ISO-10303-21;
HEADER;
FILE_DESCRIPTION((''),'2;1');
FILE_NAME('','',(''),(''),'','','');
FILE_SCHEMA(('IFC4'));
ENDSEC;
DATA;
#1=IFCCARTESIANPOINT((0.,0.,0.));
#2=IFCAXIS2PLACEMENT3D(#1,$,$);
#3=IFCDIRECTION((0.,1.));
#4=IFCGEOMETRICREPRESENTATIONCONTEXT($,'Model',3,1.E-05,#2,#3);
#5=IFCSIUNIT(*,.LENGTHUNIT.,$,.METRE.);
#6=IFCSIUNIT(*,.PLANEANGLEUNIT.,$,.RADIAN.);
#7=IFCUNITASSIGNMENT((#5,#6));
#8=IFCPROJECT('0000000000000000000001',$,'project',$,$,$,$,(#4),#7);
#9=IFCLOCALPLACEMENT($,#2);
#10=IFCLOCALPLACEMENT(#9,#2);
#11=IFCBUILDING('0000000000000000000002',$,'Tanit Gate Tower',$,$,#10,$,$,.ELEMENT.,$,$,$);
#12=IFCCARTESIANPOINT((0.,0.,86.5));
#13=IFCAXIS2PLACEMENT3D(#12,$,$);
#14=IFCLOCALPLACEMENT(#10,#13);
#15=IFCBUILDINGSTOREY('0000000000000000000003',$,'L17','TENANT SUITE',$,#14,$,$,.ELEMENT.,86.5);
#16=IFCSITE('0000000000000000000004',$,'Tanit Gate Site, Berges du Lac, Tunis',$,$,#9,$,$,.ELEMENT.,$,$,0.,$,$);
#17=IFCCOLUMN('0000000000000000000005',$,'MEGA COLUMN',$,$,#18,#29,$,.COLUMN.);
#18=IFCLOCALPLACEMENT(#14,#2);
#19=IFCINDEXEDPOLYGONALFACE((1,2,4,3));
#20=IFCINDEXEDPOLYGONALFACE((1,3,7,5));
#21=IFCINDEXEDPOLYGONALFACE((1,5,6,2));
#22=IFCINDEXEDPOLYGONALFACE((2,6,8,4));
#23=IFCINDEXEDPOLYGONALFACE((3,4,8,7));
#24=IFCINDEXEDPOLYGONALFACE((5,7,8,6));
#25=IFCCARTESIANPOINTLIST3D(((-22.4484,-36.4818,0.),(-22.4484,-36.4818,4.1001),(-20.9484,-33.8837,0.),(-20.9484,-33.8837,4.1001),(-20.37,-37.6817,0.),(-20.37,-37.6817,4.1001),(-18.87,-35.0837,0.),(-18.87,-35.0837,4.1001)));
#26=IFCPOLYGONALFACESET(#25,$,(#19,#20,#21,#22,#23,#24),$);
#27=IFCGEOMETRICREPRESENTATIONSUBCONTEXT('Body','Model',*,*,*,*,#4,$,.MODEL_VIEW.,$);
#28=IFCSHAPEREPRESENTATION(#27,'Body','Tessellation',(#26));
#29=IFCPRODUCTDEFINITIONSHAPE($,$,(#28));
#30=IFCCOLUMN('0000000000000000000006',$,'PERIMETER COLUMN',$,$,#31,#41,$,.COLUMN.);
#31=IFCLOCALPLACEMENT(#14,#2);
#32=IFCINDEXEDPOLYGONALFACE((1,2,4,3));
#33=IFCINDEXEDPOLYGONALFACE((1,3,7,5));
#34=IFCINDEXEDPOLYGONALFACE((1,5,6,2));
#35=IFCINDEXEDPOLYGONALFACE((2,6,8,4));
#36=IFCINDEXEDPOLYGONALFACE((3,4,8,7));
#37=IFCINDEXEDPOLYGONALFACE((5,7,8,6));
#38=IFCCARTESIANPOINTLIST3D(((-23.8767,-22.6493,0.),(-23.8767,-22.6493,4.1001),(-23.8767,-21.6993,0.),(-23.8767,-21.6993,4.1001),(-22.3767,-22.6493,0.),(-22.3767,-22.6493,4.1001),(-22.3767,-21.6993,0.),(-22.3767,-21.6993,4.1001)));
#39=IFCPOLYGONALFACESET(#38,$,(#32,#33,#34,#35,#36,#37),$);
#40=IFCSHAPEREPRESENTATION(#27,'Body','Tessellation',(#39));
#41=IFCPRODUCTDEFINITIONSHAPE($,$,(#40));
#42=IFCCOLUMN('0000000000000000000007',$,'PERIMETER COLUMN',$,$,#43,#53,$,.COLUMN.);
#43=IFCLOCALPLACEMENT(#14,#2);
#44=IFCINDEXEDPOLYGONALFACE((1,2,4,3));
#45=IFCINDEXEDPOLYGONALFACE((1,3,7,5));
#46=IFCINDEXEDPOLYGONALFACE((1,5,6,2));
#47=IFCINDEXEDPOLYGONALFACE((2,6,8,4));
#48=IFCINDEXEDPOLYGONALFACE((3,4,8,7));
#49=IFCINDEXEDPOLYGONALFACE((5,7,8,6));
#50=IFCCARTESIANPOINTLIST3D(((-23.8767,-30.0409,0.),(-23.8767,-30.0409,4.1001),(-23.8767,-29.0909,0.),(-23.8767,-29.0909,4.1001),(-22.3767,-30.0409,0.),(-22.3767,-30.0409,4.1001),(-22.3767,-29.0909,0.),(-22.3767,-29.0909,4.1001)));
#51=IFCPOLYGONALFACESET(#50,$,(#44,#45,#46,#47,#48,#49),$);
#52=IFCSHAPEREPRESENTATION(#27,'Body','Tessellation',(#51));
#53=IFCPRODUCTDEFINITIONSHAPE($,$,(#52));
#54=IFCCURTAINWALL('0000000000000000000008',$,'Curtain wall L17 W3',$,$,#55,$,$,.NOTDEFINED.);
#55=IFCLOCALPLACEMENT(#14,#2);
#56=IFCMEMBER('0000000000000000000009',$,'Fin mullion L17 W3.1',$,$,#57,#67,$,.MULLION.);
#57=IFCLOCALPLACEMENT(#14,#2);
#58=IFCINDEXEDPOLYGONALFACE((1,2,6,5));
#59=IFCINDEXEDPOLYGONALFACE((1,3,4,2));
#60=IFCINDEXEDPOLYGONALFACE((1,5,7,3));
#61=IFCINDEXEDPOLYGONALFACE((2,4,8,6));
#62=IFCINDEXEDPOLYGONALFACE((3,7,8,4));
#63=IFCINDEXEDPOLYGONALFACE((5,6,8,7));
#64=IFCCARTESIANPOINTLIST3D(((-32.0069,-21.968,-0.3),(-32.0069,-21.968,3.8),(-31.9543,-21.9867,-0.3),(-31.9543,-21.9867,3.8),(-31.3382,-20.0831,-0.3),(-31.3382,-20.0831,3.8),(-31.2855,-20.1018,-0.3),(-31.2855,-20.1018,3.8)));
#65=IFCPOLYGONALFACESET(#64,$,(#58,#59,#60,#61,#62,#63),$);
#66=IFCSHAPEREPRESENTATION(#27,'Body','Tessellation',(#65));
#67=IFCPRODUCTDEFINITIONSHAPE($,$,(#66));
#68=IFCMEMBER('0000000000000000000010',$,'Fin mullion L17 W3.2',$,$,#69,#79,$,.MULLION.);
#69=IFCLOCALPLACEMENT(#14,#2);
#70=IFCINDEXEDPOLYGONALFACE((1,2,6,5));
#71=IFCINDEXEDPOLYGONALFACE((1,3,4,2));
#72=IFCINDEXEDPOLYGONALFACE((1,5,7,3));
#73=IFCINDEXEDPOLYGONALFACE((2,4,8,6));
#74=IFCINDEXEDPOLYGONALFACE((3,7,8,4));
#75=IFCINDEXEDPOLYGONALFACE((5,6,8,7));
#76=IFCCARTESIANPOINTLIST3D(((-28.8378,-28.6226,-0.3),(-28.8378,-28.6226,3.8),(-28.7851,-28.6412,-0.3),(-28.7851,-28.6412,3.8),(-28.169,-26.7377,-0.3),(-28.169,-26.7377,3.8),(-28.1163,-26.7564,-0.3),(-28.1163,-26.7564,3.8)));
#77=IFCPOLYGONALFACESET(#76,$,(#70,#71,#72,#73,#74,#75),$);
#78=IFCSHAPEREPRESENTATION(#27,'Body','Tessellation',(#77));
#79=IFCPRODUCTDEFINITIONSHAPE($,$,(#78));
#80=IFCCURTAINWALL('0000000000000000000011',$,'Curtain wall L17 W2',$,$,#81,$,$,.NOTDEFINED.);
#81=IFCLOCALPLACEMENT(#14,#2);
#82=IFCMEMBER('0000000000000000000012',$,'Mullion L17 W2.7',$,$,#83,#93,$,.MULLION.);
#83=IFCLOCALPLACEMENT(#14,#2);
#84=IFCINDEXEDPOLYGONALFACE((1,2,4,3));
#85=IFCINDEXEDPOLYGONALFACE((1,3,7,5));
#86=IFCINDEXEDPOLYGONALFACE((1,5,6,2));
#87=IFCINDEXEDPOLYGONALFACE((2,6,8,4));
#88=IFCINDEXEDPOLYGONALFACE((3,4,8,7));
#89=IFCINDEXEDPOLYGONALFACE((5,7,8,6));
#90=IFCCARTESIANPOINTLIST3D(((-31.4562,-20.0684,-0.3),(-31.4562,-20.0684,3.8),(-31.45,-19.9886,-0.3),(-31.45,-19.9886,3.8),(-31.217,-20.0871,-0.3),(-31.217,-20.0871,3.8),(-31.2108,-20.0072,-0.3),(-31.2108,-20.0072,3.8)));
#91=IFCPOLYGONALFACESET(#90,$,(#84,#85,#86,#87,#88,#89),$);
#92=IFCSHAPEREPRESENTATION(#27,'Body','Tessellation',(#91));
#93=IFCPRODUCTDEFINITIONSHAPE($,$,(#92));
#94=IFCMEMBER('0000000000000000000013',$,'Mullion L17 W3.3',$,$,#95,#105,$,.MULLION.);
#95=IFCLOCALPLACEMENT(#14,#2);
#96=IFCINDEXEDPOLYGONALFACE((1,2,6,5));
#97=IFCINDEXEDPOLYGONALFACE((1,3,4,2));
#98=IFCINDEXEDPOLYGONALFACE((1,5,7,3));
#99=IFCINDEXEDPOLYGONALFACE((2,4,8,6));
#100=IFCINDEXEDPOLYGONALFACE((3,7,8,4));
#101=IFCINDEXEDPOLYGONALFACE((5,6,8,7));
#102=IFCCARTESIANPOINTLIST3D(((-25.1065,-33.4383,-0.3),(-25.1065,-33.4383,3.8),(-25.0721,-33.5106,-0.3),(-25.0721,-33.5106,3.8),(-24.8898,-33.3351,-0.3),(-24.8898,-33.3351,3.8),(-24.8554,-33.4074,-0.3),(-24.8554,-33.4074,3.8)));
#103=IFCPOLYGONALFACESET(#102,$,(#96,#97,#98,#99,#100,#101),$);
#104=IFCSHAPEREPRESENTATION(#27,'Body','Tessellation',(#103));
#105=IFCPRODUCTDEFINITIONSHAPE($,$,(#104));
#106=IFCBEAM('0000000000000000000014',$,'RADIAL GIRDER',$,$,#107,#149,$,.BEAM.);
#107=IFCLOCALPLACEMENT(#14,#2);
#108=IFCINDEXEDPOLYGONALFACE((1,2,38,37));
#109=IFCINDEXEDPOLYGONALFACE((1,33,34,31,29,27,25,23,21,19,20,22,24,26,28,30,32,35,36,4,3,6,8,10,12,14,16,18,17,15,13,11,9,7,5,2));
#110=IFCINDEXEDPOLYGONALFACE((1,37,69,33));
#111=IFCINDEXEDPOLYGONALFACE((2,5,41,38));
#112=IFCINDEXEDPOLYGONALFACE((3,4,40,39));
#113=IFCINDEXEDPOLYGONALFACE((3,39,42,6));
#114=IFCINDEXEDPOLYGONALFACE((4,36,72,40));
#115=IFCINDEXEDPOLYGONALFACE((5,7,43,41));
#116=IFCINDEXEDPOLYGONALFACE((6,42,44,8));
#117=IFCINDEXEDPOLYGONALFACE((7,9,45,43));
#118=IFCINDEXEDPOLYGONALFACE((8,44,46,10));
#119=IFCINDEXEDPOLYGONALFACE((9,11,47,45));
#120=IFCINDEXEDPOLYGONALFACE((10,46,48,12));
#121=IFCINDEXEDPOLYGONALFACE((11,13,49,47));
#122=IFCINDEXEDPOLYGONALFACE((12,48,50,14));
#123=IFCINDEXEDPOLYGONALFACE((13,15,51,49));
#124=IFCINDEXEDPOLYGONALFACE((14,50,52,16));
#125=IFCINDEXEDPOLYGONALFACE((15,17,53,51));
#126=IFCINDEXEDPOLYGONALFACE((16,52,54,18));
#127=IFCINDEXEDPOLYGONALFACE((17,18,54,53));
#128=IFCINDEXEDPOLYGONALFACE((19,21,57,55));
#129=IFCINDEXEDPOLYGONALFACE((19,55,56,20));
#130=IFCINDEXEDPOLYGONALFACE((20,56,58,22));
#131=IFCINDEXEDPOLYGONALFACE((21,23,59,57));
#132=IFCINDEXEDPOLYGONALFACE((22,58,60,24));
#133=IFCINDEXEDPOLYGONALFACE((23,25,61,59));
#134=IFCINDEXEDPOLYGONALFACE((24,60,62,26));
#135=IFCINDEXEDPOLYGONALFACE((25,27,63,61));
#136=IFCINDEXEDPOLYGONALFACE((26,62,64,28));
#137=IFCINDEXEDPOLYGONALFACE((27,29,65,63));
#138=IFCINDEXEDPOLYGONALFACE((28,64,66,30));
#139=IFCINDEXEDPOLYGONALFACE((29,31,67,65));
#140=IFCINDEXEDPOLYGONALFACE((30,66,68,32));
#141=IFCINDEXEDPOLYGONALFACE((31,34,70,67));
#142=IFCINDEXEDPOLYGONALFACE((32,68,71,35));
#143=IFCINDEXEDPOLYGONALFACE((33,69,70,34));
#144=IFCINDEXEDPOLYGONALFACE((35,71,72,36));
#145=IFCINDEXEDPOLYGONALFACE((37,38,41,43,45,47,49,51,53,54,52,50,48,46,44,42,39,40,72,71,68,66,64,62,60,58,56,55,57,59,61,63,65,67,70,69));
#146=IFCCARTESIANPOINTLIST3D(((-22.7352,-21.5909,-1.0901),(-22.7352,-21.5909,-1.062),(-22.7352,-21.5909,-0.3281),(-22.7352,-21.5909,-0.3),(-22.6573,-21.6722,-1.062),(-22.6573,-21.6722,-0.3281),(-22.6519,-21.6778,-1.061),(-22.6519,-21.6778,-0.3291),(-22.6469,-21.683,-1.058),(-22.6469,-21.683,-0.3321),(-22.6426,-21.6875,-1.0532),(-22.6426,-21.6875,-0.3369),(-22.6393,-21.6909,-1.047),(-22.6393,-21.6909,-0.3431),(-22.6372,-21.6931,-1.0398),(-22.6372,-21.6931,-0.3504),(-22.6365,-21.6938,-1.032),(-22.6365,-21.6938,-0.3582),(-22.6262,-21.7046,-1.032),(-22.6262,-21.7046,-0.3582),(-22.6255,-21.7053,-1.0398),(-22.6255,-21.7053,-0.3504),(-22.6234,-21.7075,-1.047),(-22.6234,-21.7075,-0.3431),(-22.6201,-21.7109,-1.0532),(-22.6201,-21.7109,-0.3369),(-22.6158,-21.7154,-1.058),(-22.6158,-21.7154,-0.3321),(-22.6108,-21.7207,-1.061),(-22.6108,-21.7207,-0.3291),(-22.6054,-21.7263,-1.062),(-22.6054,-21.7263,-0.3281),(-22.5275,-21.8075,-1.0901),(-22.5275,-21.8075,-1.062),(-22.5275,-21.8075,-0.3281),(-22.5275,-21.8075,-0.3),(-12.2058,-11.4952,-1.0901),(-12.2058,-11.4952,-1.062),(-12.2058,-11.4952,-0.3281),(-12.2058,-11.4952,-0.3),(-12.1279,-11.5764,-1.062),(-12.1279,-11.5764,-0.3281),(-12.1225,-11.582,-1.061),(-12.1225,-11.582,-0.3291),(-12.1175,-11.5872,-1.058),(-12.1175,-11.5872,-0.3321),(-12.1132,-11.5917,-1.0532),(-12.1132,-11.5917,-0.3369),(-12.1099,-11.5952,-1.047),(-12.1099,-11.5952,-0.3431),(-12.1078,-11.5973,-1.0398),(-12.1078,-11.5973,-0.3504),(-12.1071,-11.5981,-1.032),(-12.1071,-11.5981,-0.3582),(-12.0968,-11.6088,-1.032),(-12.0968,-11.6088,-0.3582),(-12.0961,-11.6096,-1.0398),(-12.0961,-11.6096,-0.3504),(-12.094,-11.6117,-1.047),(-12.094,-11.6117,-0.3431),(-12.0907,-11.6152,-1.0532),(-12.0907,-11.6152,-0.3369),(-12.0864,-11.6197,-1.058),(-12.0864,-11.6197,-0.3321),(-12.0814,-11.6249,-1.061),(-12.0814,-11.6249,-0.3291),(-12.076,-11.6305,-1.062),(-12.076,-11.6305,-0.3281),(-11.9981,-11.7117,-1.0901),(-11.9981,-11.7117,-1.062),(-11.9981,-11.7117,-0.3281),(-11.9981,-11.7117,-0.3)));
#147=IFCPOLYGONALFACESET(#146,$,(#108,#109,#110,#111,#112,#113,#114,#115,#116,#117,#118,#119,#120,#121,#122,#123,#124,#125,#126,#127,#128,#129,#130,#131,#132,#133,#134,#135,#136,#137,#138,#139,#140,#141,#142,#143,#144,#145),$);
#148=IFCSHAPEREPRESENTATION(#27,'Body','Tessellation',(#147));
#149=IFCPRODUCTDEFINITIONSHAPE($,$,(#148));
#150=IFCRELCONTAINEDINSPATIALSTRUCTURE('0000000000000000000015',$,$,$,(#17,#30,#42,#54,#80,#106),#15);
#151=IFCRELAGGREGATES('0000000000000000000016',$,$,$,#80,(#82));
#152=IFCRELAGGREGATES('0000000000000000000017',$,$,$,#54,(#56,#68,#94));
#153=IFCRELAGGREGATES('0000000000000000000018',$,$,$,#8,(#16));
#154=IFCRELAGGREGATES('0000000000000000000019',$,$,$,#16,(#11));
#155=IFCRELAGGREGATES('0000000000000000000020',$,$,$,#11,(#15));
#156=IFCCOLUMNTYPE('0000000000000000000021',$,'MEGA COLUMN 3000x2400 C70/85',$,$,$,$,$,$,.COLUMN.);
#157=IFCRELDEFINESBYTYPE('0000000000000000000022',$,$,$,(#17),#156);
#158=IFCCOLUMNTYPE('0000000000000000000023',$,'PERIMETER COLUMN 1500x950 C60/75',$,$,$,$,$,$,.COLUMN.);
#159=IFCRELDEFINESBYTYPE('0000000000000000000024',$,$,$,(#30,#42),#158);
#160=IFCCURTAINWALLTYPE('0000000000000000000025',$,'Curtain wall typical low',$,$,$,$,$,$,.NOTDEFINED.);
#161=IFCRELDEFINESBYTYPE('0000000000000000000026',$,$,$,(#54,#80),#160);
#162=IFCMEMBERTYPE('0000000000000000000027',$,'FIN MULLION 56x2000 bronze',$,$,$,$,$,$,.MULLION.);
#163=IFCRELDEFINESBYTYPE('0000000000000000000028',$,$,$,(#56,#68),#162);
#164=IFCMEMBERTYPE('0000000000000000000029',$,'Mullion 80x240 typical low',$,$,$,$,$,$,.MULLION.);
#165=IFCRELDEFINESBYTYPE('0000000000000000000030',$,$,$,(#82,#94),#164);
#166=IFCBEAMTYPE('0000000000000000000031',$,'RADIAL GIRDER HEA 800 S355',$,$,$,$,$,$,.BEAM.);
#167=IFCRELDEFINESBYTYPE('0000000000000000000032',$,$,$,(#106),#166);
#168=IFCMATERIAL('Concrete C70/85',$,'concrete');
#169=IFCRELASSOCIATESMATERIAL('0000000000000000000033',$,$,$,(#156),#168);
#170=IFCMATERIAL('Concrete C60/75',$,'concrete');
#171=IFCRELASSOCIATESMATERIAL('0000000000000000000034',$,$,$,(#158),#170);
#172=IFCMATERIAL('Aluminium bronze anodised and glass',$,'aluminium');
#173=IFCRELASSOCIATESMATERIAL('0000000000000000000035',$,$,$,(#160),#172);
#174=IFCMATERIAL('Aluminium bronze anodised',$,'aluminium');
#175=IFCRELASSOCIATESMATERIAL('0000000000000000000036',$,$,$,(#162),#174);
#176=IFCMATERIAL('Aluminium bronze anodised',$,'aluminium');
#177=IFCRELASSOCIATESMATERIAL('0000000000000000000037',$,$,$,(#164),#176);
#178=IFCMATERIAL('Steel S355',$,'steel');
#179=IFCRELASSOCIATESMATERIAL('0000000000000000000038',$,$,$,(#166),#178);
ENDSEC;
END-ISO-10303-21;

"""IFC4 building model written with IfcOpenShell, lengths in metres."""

from ifc_helpers import new_model, si_unit, direction, frame, origin, origin_2d, place, context, subcontext, project, spatial, rectangle, i_section, extrude, material, material_profile, profile_set, type_object, element, aggregate, save


model = new_model("IFC4")

# Units and contexts
model_context = context("Model", 3, precision=1e-05, world=origin(), true_north=direction((0.0, 1.0)))
body_context = subcontext(model_context, "Body", "Model", "MODEL_VIEW")
ifc_project = project(units=[si_unit("LENGTHUNIT", "METRE"), si_unit("PLANEANGLEUNIT", "RADIAN")], contexts=[model_context])

# Site, building, storey
site_placement = place(None, origin())
site = spatial("IfcSite", under=ifc_project, at=site_placement, Name="Tanit Gate Site, Berges du Lac, Tunis", CompositionType="ELEMENT", RefElevation=0.0)
building_placement = place(site_placement, origin())
building = spatial("IfcBuilding", under=site, at=building_placement, Name="Tanit Gate Tower", CompositionType="ELEMENT")
storey_placement = place(building_placement, frame((0.0, 0.0, 86.5)))
storey = spatial("IfcBuildingStorey", under=building, at=storey_placement, Name="L17", Description="TENANT SUITE", CompositionType="ELEMENT", Elevation=86.5)

# Columns
ifc_material_1 = material(Name="Concrete C70/85", Category="concrete")
ifc_material_profile_1 = material_profile(ifc_material_1, rectangle(XDim=3.0, YDim=2.3999, at=origin_2d()), Name="RC 3000x2400")
ifc_profile_set_1 = profile_set([ifc_material_profile_1], Name="Concrete C70/85")
column_type_1 = type_object("IfcColumnType", Name="MEGA COLUMN 3000x2400 C70/85", PredefinedType="COLUMN", material=ifc_profile_set_1)
column_placement = place(storey_placement, frame((-20.6592, -35.7827, 0.0), z_axis=(0.0, 0.0, 1.0), x_axis=(-0.5, -0.866025, 0.0)))
element("IfcColumn", 1, at=column_placement, inside=storey, type_object=column_type_1, Name="MEGA COLUMN", PredefinedType="COLUMN", context=body_context, shape_type="SweptSolid", body=[
    extrude(rectangle(XDim=3.0, YDim=2.3999, at=origin_2d()), origin(), (0.0, 0.0, 1.0), 4.1001),
])
ifc_material_2 = material(Name="Concrete C60/75", Category="concrete")
ifc_material_profile_2 = material_profile(ifc_material_2, rectangle(XDim=1.5, YDim=0.95, at=origin_2d()), Name="RC 1500x950")
ifc_profile_set_2 = profile_set([ifc_material_profile_2], Name="Concrete C60/75")
column_type_2 = type_object("IfcColumnType", Name="PERIMETER COLUMN 1500x950 C60/75", PredefinedType="COLUMN", material=ifc_profile_set_2)
for number, where, z_axis, x_axis, name in (
    (2, (-23.1267, -22.1743, 0.0), (0.0, 0.0, 1.0), (-1.0, 0.0, 0.0), "PERIMETER COLUMN"),
    (3, (-23.1267, -29.5659, 0.0), (0.0, 0.0, 1.0), (-1.0, 0.0, 0.0), "PERIMETER COLUMN"),
):
    element("IfcColumn", number, at=place(storey_placement, frame(where, z_axis=z_axis, x_axis=x_axis)), inside=storey, type_object=column_type_2, Name=name, PredefinedType="COLUMN", context=body_context, shape_type="SweptSolid", body=[
        extrude(rectangle(XDim=1.5, YDim=0.95, at=origin_2d()), origin(), (0.0, 0.0, 1.0), 4.1001),
    ])

# Curtain wall, members
ifc_material_3 = material(Name="Aluminium bronze anodised and glass", Category="aluminium")
curtain_wall_type = type_object("IfcCurtainWallType", Name="Curtain wall typical low", PredefinedType="NOTDEFINED", material=ifc_material_3)
curtain_wall_1_placement = place(storey_placement, origin())
curtain_wall_1 = element("IfcCurtainWall", 4, at=curtain_wall_1_placement, inside=storey, type_object=curtain_wall_type, Name="Curtain wall L17 W3", PredefinedType="NOTDEFINED")
ifc_material_4 = material(Name="Aluminium bronze anodised", Category="aluminium")
ifc_material_profile_3 = material_profile(ifc_material_4, rectangle(XDim=2.0, YDim=0.0559, at=origin_2d()), Name="56x2000 bronze fin mullion")
ifc_profile_set_3 = profile_set([ifc_material_profile_3], Name="Aluminium bronze anodised")
member_type_1 = type_object("IfcMemberType", Name="FIN MULLION 56x2000 bronze", PredefinedType="MULLION", material=ifc_profile_set_3)
member_1_placement = place(storey_placement, frame((-31.6462, -21.0349, -0.3), z_axis=(0.0, 0.0, 1.0), x_axis=(0.334361, 0.942445, 0.0)))
member_1 = element("IfcMember", 5, at=member_1_placement, type_object=member_type_1, Name="Fin mullion L17 W3.1", PredefinedType="MULLION", context=body_context, shape_type="SweptSolid", body=[
    extrude(rectangle(XDim=2.0, YDim=0.0559, at=origin_2d()), origin(), (0.0, 0.0, 1.0), 4.1001),
])
member_2_placement = place(storey_placement, frame((-28.4771, -27.6895, -0.3), z_axis=(0.0, 0.0, 1.0), x_axis=(0.334361, 0.942445, 0.0)))
member_2 = element("IfcMember", 6, at=member_2_placement, type_object=member_type_1, Name="Fin mullion L17 W3.2", PredefinedType="MULLION", context=body_context, shape_type="SweptSolid", body=[
    extrude(rectangle(XDim=2.0, YDim=0.0559, at=origin_2d()), origin(), (0.0, 0.0, 1.0), 4.1001),
])

# Curtain wall, member
curtain_wall_2_placement = place(storey_placement, origin())
curtain_wall_2 = element("IfcCurtainWall", 7, at=curtain_wall_2_placement, inside=storey, type_object=curtain_wall_type, Name="Curtain wall L17 W2", PredefinedType="NOTDEFINED")
ifc_material_5 = material(Name="Aluminium bronze anodised", Category="aluminium")
ifc_material_profile_4 = material_profile(ifc_material_5, rectangle(XDim=0.24, YDim=0.0801, at=origin_2d()), Name="80x240 bronze mullion")
ifc_profile_set_4 = profile_set([ifc_material_profile_4], Name="Aluminium bronze anodised")
member_type_2 = type_object("IfcMemberType", Name="Mullion 80x240 typical low", PredefinedType="MULLION", material=ifc_profile_set_4)
member_3_placement = place(storey_placement, frame((-31.3335, -20.0378, -0.3), z_axis=(0.0, 0.0, 1.0), x_axis=(0.996977, -0.077701, 0.0)))
member_3 = element("IfcMember", 8, at=member_3_placement, type_object=member_type_2, Name="Mullion L17 W2.7", PredefinedType="MULLION", context=body_context, shape_type="SweptSolid", body=[
    extrude(rectangle(XDim=0.24, YDim=0.0801, at=origin_2d()), origin(), (0.0, 0.0, 1.0), 4.1001),
])
aggregate(curtain_wall_2, [member_3])

# Member
member_4_placement = place(storey_placement, frame((-24.981, -33.4229, -0.3), z_axis=(0.0, 0.0, 1.0), x_axis=(0.902838, 0.429981, 0.0)))
member_4 = element("IfcMember", 9, at=member_4_placement, type_object=member_type_2, Name="Mullion L17 W3.3", PredefinedType="MULLION", context=body_context, shape_type="SweptSolid", body=[
    extrude(rectangle(XDim=0.24, YDim=0.0801, at=origin_2d()), origin(), (0.0, 0.0, 1.0), 4.1001),
])

# Beam
ifc_material_6 = material(Name="Steel S355", Category="steel")
ifc_material_profile_5 = material_profile(ifc_material_6, i_section(OverallWidth=0.3, OverallDepth=0.79, WebThickness=0.0149, FlangeThickness=0.0281, FilletRadius=0.03, at=origin_2d()), Name="HEA 800")
ifc_profile_set_5 = profile_set([ifc_material_profile_5], Name="Steel S355")
beam_type_1 = type_object("IfcBeamType", Name="RADIAL GIRDER HEA 800 S355", PredefinedType="BEAM", material=ifc_profile_set_5)
beam_1_placement = place(storey_placement, frame((-22.6313, -21.6992, -0.6951), z_axis=(0.721813, 0.692089, 0.0), x_axis=(-0.692089, 0.721813, 0.0)))
element("IfcBeam", 10, at=beam_1_placement, inside=storey, type_object=beam_type_1, Name="RADIAL GIRDER", PredefinedType="BEAM", context=body_context, shape_type="SweptSolid", body=[
    extrude(i_section(OverallWidth=0.3, OverallDepth=0.79, WebThickness=0.0149, FlangeThickness=0.0281, FilletRadius=0.03, at=origin_2d()), origin(), (0.0, 0.0, 1.0), 14.5874),
])

aggregate(curtain_wall_1, [member_1, member_2, member_4])

save(model, "model.ifc")
